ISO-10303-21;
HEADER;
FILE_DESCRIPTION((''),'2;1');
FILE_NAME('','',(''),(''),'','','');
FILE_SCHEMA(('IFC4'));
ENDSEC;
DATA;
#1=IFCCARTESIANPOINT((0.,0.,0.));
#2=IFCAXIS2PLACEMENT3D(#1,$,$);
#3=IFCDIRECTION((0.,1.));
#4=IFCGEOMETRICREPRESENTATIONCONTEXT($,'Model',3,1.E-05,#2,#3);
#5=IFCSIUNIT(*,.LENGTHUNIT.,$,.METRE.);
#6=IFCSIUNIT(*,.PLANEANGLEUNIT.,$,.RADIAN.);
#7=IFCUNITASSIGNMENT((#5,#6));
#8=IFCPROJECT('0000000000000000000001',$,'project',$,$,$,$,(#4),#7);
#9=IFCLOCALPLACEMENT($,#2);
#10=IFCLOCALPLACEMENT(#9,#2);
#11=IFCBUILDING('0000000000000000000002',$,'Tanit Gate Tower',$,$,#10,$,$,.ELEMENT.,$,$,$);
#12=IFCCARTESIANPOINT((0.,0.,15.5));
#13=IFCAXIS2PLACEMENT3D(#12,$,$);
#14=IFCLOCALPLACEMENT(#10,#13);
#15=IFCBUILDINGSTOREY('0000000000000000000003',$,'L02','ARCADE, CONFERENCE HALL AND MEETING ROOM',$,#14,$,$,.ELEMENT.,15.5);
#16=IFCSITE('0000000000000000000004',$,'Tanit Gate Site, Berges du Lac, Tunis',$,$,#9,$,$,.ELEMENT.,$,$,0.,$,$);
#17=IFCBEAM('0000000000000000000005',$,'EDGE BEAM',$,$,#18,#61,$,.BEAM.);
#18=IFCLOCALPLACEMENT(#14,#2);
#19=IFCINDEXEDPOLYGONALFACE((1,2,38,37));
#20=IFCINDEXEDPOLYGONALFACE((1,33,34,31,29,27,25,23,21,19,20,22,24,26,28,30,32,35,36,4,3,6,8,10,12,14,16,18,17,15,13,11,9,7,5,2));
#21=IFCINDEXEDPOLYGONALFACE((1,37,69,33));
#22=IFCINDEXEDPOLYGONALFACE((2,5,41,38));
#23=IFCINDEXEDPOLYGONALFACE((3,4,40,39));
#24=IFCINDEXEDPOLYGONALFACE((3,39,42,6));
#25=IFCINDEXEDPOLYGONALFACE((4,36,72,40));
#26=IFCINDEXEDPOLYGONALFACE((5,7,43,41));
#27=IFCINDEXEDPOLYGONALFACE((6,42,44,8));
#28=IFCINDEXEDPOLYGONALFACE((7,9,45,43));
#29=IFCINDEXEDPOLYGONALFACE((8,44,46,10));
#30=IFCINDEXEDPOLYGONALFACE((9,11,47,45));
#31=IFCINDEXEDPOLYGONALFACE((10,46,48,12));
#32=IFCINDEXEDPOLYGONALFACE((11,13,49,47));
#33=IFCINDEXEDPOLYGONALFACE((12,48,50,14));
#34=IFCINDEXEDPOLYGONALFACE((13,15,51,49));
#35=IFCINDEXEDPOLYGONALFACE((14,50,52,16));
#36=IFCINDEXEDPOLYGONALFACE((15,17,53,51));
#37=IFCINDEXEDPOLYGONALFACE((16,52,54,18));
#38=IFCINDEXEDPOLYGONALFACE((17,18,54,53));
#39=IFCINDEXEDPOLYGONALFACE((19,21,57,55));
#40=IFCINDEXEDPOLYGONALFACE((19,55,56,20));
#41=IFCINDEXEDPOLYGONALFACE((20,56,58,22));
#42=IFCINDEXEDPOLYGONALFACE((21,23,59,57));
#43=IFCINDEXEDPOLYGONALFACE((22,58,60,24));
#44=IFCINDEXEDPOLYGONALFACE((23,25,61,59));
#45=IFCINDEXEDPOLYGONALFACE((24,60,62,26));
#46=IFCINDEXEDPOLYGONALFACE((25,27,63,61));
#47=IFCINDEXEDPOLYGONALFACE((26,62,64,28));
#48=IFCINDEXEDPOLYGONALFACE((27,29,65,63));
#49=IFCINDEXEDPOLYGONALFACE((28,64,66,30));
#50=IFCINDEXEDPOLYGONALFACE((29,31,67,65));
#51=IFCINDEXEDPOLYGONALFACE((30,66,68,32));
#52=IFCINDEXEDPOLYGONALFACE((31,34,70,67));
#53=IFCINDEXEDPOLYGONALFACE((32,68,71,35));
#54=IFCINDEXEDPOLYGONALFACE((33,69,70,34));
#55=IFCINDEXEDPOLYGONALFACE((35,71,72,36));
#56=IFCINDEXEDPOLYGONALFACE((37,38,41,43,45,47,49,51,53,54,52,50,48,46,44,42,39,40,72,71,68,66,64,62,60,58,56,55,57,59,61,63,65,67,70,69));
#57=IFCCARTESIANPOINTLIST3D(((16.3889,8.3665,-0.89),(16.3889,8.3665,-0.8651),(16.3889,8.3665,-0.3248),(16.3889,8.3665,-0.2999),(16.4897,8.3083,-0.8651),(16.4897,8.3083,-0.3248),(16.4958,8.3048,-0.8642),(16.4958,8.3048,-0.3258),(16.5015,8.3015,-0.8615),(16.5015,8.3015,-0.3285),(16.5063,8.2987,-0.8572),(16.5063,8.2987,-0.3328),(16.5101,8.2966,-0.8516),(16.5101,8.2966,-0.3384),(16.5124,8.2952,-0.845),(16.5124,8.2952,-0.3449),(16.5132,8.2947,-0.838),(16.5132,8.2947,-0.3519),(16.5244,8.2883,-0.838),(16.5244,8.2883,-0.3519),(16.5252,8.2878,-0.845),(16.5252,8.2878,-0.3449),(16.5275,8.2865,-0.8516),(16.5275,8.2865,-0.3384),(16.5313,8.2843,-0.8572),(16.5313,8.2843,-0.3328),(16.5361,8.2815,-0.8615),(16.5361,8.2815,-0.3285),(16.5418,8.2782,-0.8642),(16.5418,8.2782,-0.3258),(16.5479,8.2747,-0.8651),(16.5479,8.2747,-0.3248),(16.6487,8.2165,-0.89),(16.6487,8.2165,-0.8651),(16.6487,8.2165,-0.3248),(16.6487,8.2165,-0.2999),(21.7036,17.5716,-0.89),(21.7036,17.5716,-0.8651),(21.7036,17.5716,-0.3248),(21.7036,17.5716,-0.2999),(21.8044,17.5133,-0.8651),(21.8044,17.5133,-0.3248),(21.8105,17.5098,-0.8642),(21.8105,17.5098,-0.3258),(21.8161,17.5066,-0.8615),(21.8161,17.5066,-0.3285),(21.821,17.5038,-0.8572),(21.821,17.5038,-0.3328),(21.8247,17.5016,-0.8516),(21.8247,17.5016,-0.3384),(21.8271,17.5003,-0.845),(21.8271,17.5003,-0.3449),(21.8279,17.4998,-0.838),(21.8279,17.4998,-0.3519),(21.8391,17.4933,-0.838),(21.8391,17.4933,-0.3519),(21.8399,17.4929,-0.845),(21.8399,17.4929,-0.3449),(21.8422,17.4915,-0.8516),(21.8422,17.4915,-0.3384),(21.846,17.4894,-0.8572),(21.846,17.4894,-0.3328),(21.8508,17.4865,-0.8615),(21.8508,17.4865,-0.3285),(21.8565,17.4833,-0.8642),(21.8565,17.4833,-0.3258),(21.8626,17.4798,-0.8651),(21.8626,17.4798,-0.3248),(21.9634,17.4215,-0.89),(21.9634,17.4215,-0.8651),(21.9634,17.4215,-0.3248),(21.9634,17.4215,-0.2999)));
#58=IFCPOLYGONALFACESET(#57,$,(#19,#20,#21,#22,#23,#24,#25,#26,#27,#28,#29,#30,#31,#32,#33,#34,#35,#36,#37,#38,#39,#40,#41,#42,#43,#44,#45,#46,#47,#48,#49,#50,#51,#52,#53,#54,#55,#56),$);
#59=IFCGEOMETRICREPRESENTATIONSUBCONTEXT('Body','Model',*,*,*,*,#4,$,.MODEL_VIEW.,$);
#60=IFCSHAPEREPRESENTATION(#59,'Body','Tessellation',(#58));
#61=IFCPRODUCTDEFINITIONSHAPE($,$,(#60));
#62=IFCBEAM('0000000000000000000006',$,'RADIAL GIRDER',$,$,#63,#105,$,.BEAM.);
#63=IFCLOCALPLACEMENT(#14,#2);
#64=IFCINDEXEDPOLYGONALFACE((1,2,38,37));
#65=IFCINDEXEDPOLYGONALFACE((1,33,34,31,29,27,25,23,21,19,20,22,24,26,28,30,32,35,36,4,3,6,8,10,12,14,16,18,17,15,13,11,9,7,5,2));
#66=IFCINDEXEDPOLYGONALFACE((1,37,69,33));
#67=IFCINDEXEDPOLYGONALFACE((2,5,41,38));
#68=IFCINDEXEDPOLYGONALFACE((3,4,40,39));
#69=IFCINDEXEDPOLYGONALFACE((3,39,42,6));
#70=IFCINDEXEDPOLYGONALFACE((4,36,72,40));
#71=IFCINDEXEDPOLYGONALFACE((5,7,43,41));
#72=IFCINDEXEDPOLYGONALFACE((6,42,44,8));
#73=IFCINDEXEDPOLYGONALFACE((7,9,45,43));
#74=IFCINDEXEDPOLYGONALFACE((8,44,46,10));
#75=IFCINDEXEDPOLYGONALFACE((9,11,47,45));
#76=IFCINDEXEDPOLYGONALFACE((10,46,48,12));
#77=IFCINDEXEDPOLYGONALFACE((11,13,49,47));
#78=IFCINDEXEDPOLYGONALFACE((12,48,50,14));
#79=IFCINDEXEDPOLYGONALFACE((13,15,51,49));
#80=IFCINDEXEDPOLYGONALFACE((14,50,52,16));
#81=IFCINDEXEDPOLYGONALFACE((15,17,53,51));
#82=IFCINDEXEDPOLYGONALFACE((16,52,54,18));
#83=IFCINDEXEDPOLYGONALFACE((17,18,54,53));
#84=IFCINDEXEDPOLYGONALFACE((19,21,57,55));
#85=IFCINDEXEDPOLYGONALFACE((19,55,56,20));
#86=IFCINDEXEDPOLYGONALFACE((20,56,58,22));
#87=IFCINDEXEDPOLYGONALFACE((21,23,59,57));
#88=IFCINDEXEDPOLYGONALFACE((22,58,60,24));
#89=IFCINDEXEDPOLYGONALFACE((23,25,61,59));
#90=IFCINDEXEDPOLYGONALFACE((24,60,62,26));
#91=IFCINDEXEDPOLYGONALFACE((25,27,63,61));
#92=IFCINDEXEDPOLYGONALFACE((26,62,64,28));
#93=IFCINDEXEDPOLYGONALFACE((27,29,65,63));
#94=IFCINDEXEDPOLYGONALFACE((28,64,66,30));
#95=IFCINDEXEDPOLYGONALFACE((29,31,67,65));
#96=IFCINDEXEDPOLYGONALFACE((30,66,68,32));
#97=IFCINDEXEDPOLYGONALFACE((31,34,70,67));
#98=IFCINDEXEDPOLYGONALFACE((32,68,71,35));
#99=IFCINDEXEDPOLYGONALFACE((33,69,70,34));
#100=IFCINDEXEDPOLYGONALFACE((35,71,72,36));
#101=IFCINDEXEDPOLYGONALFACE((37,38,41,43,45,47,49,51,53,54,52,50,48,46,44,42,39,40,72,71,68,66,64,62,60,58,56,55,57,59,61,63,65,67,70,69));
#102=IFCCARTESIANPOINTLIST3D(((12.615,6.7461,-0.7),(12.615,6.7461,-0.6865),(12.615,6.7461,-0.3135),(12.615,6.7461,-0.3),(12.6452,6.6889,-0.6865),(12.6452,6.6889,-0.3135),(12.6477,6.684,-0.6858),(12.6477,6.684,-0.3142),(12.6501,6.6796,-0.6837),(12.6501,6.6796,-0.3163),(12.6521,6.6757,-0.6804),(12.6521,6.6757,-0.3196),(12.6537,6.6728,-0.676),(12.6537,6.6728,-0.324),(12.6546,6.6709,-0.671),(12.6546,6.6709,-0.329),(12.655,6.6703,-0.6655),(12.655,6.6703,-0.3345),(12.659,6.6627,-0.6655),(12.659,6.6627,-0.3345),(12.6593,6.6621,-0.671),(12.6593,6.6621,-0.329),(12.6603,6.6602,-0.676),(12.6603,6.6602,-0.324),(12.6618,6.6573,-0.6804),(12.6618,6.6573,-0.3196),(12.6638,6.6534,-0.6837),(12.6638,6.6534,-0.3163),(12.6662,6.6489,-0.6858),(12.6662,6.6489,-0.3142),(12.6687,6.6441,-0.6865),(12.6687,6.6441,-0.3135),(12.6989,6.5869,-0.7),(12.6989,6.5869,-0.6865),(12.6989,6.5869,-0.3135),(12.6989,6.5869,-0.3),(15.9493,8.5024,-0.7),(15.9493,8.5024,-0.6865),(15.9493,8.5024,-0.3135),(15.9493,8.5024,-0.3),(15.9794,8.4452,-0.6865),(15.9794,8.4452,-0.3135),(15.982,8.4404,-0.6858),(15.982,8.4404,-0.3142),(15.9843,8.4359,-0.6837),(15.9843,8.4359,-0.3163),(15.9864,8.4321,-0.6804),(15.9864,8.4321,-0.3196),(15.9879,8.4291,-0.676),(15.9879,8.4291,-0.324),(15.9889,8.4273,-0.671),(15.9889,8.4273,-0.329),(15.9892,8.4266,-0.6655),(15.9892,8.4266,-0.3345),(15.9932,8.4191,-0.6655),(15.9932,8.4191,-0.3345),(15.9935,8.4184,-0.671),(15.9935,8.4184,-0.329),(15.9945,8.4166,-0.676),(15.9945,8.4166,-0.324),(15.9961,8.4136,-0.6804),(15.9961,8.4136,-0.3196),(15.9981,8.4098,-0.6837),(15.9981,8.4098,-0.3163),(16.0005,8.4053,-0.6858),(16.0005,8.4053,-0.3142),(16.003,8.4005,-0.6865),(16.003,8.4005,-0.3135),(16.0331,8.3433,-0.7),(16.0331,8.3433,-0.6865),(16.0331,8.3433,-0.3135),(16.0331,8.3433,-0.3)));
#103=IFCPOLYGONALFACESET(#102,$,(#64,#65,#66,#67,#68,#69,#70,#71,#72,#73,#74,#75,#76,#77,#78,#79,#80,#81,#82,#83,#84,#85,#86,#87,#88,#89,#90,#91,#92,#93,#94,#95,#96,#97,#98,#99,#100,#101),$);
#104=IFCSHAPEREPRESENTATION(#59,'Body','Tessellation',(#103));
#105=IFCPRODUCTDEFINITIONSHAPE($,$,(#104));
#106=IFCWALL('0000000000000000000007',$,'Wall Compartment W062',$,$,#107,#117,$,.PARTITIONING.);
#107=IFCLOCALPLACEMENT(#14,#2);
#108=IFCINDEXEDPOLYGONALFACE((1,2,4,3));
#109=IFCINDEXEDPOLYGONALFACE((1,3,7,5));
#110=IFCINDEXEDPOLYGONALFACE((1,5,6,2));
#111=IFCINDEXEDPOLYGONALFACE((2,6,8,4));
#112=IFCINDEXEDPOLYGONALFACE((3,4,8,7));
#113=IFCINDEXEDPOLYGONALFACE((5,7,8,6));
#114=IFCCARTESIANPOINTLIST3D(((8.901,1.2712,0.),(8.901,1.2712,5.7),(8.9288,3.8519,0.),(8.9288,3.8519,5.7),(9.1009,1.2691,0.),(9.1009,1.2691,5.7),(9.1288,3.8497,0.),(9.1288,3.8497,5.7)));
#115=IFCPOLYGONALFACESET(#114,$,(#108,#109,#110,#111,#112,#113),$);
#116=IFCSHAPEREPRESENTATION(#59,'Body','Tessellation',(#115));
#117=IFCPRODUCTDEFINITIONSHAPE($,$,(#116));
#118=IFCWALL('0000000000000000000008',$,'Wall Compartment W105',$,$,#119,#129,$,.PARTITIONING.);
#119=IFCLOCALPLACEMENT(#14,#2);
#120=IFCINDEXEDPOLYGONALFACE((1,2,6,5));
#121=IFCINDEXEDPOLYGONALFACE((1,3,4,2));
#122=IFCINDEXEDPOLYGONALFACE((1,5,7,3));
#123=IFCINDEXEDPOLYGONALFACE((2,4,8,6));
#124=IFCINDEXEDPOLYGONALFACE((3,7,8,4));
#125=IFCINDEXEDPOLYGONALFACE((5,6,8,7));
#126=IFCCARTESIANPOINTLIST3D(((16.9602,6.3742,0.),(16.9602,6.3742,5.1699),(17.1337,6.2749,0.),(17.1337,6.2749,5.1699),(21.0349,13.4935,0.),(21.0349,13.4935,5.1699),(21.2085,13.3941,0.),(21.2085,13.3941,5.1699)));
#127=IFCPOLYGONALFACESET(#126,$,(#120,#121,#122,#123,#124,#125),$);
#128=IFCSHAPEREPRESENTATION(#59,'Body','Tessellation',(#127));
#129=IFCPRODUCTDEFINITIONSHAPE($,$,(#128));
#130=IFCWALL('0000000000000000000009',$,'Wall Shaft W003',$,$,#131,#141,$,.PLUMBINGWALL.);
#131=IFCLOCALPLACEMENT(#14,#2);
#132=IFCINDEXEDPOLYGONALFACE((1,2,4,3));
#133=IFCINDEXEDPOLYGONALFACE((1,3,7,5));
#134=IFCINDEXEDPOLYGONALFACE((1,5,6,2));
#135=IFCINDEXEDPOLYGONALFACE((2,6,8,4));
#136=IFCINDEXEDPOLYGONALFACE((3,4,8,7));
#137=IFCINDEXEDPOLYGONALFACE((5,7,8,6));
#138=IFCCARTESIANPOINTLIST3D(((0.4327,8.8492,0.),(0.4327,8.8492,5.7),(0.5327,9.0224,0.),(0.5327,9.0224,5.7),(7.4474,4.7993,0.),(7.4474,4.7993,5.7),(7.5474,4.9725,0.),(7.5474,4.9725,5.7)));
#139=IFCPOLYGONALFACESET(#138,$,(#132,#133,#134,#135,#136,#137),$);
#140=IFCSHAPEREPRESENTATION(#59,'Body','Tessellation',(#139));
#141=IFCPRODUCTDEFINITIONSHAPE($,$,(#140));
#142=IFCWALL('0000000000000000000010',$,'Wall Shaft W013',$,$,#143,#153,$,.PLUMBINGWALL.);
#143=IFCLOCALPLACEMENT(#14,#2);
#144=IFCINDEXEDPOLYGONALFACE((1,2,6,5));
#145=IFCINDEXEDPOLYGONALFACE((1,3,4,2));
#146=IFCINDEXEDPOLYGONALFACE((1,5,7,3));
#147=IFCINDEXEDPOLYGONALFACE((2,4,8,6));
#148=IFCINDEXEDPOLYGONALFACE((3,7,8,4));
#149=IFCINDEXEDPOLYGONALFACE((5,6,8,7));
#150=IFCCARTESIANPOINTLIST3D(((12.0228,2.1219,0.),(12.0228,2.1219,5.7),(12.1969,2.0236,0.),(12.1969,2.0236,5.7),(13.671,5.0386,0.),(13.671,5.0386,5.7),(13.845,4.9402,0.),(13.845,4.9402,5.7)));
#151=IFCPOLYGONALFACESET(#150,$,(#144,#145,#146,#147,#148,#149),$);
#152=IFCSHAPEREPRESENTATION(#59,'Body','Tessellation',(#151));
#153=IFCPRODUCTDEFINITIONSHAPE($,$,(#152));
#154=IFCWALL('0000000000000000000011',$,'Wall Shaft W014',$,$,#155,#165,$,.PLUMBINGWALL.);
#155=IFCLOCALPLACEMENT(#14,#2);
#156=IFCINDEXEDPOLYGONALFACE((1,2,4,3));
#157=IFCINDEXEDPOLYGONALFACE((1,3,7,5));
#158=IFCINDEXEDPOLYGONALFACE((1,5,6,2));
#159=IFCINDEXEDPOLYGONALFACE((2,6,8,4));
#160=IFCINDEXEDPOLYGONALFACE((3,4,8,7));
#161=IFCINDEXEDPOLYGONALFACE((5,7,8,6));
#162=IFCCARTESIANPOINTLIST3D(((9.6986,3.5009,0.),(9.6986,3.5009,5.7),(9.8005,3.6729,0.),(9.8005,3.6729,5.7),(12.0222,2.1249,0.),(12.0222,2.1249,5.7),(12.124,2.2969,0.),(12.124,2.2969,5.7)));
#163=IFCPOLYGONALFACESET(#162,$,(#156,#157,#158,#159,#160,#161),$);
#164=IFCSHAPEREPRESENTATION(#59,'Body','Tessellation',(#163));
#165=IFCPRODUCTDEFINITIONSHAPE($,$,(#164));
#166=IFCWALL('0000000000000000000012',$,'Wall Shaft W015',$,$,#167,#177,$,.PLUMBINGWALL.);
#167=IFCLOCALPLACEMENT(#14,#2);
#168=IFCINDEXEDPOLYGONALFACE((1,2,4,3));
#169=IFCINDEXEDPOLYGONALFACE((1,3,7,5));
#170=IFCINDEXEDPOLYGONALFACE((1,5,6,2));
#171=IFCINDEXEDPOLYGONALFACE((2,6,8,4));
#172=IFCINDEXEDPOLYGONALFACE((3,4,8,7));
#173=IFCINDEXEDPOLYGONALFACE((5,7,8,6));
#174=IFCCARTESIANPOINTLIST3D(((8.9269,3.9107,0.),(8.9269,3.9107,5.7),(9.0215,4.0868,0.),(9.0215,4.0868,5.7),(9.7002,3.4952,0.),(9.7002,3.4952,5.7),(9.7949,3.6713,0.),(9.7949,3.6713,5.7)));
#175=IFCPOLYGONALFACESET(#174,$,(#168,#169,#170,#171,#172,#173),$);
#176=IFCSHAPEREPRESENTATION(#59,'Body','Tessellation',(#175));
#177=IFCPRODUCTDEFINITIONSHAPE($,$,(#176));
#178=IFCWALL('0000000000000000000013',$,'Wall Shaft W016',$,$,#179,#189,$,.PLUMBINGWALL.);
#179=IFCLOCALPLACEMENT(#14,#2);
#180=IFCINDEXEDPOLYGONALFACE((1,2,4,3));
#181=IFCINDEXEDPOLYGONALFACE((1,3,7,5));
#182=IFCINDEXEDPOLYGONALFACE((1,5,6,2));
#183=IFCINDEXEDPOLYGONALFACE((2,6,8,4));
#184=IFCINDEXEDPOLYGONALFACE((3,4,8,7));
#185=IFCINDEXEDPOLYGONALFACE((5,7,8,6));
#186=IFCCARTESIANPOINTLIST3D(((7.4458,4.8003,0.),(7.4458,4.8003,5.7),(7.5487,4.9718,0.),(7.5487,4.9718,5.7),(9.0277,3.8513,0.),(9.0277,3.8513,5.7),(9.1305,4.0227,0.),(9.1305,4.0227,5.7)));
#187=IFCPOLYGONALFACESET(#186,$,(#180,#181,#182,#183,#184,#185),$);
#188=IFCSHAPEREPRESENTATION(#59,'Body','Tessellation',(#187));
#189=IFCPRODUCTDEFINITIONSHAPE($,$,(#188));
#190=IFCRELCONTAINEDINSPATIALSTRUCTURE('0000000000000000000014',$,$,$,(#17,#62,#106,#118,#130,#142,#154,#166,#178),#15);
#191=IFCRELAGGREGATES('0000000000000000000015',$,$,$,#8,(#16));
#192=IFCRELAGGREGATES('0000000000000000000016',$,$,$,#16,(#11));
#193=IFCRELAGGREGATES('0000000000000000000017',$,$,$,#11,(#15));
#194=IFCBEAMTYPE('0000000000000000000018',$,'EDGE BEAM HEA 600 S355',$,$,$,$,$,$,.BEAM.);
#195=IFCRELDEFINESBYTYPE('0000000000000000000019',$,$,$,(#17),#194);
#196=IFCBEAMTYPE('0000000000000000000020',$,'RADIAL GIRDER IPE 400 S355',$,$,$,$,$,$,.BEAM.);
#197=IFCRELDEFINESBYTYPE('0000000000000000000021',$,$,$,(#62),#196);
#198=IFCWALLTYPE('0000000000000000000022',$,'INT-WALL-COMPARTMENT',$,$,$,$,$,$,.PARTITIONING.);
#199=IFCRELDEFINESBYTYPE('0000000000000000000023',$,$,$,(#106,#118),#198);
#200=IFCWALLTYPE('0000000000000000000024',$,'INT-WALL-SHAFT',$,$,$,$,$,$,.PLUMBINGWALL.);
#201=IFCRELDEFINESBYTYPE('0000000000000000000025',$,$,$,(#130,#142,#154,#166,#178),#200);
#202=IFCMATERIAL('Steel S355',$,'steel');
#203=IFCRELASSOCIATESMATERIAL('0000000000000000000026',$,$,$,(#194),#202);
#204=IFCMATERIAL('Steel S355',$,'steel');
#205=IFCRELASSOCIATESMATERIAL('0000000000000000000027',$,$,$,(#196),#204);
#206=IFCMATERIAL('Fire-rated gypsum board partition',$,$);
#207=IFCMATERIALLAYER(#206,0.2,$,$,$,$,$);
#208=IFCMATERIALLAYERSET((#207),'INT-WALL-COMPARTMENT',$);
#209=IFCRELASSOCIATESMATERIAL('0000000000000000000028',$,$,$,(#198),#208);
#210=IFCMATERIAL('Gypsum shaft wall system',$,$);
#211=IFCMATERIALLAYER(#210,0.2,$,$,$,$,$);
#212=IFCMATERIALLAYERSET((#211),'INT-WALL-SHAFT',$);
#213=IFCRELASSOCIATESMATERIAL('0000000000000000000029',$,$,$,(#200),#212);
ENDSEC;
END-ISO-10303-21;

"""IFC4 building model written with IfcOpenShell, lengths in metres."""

from ifc_helpers import new_model, si_unit, direction, frame, frame_2d, origin, origin_2d, place, context, subcontext, project, spatial, rectangle, i_section, extrude, material, layer, layer_set, material_profile, profile_set, type_object, element, save


model = new_model("IFC4")

# Units and contexts
model_context = context("Model", 3, precision=1e-05, world=origin(), true_north=direction((0.0, 1.0)))
body_context = subcontext(model_context, "Body", "Model", "MODEL_VIEW")
ifc_project = project(units=[si_unit("LENGTHUNIT", "METRE"), si_unit("PLANEANGLEUNIT", "RADIAN")], contexts=[model_context])

# Site, building, storey
site_placement = place(None, origin())
site = spatial("IfcSite", under=ifc_project, at=site_placement, Name="Tanit Gate Site, Berges du Lac, Tunis", CompositionType="ELEMENT", RefElevation=0.0)
building_placement = place(site_placement, origin())
building = spatial("IfcBuilding", under=site, at=building_placement, Name="Tanit Gate Tower", CompositionType="ELEMENT")
storey_placement = place(building_placement, frame((0.0, 0.0, 15.5)))
storey = spatial("IfcBuildingStorey", under=building, at=storey_placement, Name="L02", Description="ARCADE, CONFERENCE HALL AND MEETING ROOM", CompositionType="ELEMENT", Elevation=15.5)

# Beams
ifc_material_1 = material(Name="Steel S355", Category="steel")
ifc_material_profile_1 = material_profile(ifc_material_1, i_section(OverallWidth=0.3, OverallDepth=0.5901, WebThickness=0.0129, FlangeThickness=0.0249, FilletRadius=0.0271, at=origin_2d()), Name="HEA 600")
ifc_profile_set_1 = profile_set([ifc_material_profile_1], Name="Steel S355")
beam_type_1 = type_object("IfcBeamType", Name="EDGE BEAM HEA 600 S355", PredefinedType="BEAM", material=ifc_profile_set_1)
beam_1_placement = place(storey_placement, frame((16.5188, 8.2915, -0.595), z_axis=(0.50001, 0.86602, 0.0), x_axis=(-0.86602, 0.50001, 0.0)))
element("IfcBeam", 1, at=beam_1_placement, inside=storey, type_object=beam_type_1, Name="EDGE BEAM", PredefinedType="BEAM", context=body_context, shape_type="SweptSolid", body=[
    extrude(i_section(OverallWidth=0.3, OverallDepth=0.5901, WebThickness=0.0129, FlangeThickness=0.0249, FilletRadius=0.0271, at=origin_2d()), origin(), (0.0, 0.0, 1.0), 10.6292),
])
ifc_material_2 = material(Name="Steel S355", Category="steel")
ifc_material_profile_2 = material_profile(ifc_material_2, i_section(OverallWidth=0.1799, OverallDepth=0.3999, WebThickness=0.0085, FlangeThickness=0.0134, FilletRadius=0.021, at=origin_2d()), Name="IPE 400")
ifc_profile_set_2 = profile_set([ifc_material_profile_2], Name="Steel S355")
beam_type_2 = type_object("IfcBeamType", Name="RADIAL GIRDER IPE 400 S355", PredefinedType="BEAM", material=ifc_profile_set_2)
beam_2_placement = place(storey_placement, frame((15.9912, 8.4229, -0.5), z_axis=(-0.884755, -0.466056, 0.0), x_axis=(0.466056, -0.884755, 0.0)))
element("IfcBeam", 2, at=beam_2_placement, inside=storey, type_object=beam_type_2, Name="RADIAL GIRDER", PredefinedType="BEAM", context=body_context, shape_type="SweptSolid", body=[
    extrude(i_section(OverallWidth=0.1799, OverallDepth=0.3999, WebThickness=0.0085, FlangeThickness=0.0134, FilletRadius=0.021, at=origin_2d()), origin(), (0.0, 0.0, 1.0), 3.7686),
])

# Walls
ifc_material_3 = material(Name="Fire-rated gypsum board partition")
ifc_layer_1 = layer(ifc_material_3, 0.2)
ifc_layer_set_1 = layer_set([ifc_layer_1], Name="INT-WALL-COMPARTMENT")
wall_type_1 = type_object("IfcWallType", Name="INT-WALL-COMPARTMENT", PredefinedType="PARTITIONING", material=ifc_layer_set_1)
wall_1_placement = place(storey_placement, frame((9.001, 1.27, 0.0), z_axis=(0.0, 0.0, 1.0), x_axis=(0.010785, 0.999942, 0.0)))
element("IfcWall", 3, at=wall_1_placement, inside=storey, type_object=wall_type_1, Name="Wall Compartment W062", PredefinedType="PARTITIONING", context=body_context, shape_type="SweptSolid", body=[
    extrude(rectangle(XDim=2.5808, YDim=0.2, at=frame_2d((1.2905, 0.0))), origin(), (0.0, 0.0, 1.0), 5.7),
])
wall_2_placement = place(storey_placement, frame((17.0469, 6.3245, 0.0), z_axis=(0.0, 0.0, 1.0), x_axis=(0.496748, 0.867895, 0.0)))
element("IfcWall", 4, at=wall_2_placement, inside=storey, type_object=wall_type_1, Name="Wall Compartment W105", PredefinedType="PARTITIONING", context=body_context, shape_type="SweptSolid", body=[
    extrude(rectangle(XDim=8.2029, YDim=0.2, at=frame_2d((4.1016, 0.0))), origin(), (0.0, 0.0, 1.0), 5.1699),
])
ifc_material_4 = material(Name="Gypsum shaft wall system")
ifc_layer_2 = layer(ifc_material_4, 0.2)
ifc_layer_set_2 = layer_set([ifc_layer_2], Name="INT-WALL-SHAFT")
wall_type_2 = type_object("IfcWallType", Name="INT-WALL-SHAFT", PredefinedType="PLUMBINGWALL", material=ifc_layer_set_2)
wall_3_placement = place(storey_placement, frame((7.4973, 4.886, 0.0), z_axis=(0.0, 0.0, 1.0), x_axis=(-0.866031, 0.49999, 0.0)))
element("IfcWall", 5, at=wall_3_placement, inside=storey, type_object=wall_type_2, Name="Wall Shaft W003", PredefinedType="PLUMBINGWALL", context=body_context, shape_type="SweptSolid", body=[
    extrude(rectangle(XDim=8.0999, YDim=0.2, at=frame_2d((4.0498, 0.0))), origin(), (0.0, 0.0, 1.0), 5.7),
])
wall_4_placement = place(storey_placement, frame((12.1099, 2.0728, 0.0), z_axis=(0.0, 0.0, 1.0), x_axis=(0.491966, 0.870614, 0.0)))
element("IfcWall", 6, at=wall_4_placement, inside=storey, type_object=wall_type_2, Name="Wall Shaft W013", PredefinedType="PLUMBINGWALL", context=body_context, shape_type="SweptSolid", body=[
    extrude(rectangle(XDim=3.3501, YDim=0.2, at=frame_2d((1.675, 0.0))), origin(), (0.0, 0.0, 1.0), 5.7),
])
wall_5_placement = place(storey_placement, frame((12.073, 2.2109, 0.0), z_axis=(0.0, 0.0, 1.0), x_axis=(-0.860438, 0.509555, 0.0)))
element("IfcWall", 7, at=wall_5_placement, inside=storey, type_object=wall_type_2, Name="Wall Shaft W014", PredefinedType="PLUMBINGWALL", context=body_context, shape_type="SweptSolid", body=[
    extrude(rectangle(XDim=2.7004, YDim=0.2, at=frame_2d((1.3501, 0.0))), origin(), (0.0, 0.0, 1.0), 5.7),
])
wall_6_placement = place(storey_placement, frame((9.7476, 3.5833, 0.0), z_axis=(0.0, 0.0, 1.0), x_axis=(-0.880917, 0.473271, 0.0)))
element("IfcWall", 8, at=wall_6_placement, inside=storey, type_object=wall_type_2, Name="Wall Shaft W015", PredefinedType="PLUMBINGWALL", context=body_context, shape_type="SweptSolid", body=[
    extrude(rectangle(XDim=0.8779, YDim=0.2, at=frame_2d((0.439, 0.0))), origin(), (0.0, 0.0, 1.0), 5.7),
])
wall_7_placement = place(storey_placement, frame((9.0791, 3.937, 0.0), z_axis=(0.0, 0.0, 1.0), x_axis=(-0.857516, 0.514457, 0.0)))
element("IfcWall", 9, at=wall_7_placement, inside=storey, type_object=wall_type_2, Name="Wall Shaft W016", PredefinedType="PLUMBINGWALL", context=body_context, shape_type="SweptSolid", body=[
    extrude(rectangle(XDim=1.8447, YDim=0.2, at=frame_2d((0.9224, 0.0))), origin(), (0.0, 0.0, 1.0), 5.7),
])

save(model, "model.ifc")
